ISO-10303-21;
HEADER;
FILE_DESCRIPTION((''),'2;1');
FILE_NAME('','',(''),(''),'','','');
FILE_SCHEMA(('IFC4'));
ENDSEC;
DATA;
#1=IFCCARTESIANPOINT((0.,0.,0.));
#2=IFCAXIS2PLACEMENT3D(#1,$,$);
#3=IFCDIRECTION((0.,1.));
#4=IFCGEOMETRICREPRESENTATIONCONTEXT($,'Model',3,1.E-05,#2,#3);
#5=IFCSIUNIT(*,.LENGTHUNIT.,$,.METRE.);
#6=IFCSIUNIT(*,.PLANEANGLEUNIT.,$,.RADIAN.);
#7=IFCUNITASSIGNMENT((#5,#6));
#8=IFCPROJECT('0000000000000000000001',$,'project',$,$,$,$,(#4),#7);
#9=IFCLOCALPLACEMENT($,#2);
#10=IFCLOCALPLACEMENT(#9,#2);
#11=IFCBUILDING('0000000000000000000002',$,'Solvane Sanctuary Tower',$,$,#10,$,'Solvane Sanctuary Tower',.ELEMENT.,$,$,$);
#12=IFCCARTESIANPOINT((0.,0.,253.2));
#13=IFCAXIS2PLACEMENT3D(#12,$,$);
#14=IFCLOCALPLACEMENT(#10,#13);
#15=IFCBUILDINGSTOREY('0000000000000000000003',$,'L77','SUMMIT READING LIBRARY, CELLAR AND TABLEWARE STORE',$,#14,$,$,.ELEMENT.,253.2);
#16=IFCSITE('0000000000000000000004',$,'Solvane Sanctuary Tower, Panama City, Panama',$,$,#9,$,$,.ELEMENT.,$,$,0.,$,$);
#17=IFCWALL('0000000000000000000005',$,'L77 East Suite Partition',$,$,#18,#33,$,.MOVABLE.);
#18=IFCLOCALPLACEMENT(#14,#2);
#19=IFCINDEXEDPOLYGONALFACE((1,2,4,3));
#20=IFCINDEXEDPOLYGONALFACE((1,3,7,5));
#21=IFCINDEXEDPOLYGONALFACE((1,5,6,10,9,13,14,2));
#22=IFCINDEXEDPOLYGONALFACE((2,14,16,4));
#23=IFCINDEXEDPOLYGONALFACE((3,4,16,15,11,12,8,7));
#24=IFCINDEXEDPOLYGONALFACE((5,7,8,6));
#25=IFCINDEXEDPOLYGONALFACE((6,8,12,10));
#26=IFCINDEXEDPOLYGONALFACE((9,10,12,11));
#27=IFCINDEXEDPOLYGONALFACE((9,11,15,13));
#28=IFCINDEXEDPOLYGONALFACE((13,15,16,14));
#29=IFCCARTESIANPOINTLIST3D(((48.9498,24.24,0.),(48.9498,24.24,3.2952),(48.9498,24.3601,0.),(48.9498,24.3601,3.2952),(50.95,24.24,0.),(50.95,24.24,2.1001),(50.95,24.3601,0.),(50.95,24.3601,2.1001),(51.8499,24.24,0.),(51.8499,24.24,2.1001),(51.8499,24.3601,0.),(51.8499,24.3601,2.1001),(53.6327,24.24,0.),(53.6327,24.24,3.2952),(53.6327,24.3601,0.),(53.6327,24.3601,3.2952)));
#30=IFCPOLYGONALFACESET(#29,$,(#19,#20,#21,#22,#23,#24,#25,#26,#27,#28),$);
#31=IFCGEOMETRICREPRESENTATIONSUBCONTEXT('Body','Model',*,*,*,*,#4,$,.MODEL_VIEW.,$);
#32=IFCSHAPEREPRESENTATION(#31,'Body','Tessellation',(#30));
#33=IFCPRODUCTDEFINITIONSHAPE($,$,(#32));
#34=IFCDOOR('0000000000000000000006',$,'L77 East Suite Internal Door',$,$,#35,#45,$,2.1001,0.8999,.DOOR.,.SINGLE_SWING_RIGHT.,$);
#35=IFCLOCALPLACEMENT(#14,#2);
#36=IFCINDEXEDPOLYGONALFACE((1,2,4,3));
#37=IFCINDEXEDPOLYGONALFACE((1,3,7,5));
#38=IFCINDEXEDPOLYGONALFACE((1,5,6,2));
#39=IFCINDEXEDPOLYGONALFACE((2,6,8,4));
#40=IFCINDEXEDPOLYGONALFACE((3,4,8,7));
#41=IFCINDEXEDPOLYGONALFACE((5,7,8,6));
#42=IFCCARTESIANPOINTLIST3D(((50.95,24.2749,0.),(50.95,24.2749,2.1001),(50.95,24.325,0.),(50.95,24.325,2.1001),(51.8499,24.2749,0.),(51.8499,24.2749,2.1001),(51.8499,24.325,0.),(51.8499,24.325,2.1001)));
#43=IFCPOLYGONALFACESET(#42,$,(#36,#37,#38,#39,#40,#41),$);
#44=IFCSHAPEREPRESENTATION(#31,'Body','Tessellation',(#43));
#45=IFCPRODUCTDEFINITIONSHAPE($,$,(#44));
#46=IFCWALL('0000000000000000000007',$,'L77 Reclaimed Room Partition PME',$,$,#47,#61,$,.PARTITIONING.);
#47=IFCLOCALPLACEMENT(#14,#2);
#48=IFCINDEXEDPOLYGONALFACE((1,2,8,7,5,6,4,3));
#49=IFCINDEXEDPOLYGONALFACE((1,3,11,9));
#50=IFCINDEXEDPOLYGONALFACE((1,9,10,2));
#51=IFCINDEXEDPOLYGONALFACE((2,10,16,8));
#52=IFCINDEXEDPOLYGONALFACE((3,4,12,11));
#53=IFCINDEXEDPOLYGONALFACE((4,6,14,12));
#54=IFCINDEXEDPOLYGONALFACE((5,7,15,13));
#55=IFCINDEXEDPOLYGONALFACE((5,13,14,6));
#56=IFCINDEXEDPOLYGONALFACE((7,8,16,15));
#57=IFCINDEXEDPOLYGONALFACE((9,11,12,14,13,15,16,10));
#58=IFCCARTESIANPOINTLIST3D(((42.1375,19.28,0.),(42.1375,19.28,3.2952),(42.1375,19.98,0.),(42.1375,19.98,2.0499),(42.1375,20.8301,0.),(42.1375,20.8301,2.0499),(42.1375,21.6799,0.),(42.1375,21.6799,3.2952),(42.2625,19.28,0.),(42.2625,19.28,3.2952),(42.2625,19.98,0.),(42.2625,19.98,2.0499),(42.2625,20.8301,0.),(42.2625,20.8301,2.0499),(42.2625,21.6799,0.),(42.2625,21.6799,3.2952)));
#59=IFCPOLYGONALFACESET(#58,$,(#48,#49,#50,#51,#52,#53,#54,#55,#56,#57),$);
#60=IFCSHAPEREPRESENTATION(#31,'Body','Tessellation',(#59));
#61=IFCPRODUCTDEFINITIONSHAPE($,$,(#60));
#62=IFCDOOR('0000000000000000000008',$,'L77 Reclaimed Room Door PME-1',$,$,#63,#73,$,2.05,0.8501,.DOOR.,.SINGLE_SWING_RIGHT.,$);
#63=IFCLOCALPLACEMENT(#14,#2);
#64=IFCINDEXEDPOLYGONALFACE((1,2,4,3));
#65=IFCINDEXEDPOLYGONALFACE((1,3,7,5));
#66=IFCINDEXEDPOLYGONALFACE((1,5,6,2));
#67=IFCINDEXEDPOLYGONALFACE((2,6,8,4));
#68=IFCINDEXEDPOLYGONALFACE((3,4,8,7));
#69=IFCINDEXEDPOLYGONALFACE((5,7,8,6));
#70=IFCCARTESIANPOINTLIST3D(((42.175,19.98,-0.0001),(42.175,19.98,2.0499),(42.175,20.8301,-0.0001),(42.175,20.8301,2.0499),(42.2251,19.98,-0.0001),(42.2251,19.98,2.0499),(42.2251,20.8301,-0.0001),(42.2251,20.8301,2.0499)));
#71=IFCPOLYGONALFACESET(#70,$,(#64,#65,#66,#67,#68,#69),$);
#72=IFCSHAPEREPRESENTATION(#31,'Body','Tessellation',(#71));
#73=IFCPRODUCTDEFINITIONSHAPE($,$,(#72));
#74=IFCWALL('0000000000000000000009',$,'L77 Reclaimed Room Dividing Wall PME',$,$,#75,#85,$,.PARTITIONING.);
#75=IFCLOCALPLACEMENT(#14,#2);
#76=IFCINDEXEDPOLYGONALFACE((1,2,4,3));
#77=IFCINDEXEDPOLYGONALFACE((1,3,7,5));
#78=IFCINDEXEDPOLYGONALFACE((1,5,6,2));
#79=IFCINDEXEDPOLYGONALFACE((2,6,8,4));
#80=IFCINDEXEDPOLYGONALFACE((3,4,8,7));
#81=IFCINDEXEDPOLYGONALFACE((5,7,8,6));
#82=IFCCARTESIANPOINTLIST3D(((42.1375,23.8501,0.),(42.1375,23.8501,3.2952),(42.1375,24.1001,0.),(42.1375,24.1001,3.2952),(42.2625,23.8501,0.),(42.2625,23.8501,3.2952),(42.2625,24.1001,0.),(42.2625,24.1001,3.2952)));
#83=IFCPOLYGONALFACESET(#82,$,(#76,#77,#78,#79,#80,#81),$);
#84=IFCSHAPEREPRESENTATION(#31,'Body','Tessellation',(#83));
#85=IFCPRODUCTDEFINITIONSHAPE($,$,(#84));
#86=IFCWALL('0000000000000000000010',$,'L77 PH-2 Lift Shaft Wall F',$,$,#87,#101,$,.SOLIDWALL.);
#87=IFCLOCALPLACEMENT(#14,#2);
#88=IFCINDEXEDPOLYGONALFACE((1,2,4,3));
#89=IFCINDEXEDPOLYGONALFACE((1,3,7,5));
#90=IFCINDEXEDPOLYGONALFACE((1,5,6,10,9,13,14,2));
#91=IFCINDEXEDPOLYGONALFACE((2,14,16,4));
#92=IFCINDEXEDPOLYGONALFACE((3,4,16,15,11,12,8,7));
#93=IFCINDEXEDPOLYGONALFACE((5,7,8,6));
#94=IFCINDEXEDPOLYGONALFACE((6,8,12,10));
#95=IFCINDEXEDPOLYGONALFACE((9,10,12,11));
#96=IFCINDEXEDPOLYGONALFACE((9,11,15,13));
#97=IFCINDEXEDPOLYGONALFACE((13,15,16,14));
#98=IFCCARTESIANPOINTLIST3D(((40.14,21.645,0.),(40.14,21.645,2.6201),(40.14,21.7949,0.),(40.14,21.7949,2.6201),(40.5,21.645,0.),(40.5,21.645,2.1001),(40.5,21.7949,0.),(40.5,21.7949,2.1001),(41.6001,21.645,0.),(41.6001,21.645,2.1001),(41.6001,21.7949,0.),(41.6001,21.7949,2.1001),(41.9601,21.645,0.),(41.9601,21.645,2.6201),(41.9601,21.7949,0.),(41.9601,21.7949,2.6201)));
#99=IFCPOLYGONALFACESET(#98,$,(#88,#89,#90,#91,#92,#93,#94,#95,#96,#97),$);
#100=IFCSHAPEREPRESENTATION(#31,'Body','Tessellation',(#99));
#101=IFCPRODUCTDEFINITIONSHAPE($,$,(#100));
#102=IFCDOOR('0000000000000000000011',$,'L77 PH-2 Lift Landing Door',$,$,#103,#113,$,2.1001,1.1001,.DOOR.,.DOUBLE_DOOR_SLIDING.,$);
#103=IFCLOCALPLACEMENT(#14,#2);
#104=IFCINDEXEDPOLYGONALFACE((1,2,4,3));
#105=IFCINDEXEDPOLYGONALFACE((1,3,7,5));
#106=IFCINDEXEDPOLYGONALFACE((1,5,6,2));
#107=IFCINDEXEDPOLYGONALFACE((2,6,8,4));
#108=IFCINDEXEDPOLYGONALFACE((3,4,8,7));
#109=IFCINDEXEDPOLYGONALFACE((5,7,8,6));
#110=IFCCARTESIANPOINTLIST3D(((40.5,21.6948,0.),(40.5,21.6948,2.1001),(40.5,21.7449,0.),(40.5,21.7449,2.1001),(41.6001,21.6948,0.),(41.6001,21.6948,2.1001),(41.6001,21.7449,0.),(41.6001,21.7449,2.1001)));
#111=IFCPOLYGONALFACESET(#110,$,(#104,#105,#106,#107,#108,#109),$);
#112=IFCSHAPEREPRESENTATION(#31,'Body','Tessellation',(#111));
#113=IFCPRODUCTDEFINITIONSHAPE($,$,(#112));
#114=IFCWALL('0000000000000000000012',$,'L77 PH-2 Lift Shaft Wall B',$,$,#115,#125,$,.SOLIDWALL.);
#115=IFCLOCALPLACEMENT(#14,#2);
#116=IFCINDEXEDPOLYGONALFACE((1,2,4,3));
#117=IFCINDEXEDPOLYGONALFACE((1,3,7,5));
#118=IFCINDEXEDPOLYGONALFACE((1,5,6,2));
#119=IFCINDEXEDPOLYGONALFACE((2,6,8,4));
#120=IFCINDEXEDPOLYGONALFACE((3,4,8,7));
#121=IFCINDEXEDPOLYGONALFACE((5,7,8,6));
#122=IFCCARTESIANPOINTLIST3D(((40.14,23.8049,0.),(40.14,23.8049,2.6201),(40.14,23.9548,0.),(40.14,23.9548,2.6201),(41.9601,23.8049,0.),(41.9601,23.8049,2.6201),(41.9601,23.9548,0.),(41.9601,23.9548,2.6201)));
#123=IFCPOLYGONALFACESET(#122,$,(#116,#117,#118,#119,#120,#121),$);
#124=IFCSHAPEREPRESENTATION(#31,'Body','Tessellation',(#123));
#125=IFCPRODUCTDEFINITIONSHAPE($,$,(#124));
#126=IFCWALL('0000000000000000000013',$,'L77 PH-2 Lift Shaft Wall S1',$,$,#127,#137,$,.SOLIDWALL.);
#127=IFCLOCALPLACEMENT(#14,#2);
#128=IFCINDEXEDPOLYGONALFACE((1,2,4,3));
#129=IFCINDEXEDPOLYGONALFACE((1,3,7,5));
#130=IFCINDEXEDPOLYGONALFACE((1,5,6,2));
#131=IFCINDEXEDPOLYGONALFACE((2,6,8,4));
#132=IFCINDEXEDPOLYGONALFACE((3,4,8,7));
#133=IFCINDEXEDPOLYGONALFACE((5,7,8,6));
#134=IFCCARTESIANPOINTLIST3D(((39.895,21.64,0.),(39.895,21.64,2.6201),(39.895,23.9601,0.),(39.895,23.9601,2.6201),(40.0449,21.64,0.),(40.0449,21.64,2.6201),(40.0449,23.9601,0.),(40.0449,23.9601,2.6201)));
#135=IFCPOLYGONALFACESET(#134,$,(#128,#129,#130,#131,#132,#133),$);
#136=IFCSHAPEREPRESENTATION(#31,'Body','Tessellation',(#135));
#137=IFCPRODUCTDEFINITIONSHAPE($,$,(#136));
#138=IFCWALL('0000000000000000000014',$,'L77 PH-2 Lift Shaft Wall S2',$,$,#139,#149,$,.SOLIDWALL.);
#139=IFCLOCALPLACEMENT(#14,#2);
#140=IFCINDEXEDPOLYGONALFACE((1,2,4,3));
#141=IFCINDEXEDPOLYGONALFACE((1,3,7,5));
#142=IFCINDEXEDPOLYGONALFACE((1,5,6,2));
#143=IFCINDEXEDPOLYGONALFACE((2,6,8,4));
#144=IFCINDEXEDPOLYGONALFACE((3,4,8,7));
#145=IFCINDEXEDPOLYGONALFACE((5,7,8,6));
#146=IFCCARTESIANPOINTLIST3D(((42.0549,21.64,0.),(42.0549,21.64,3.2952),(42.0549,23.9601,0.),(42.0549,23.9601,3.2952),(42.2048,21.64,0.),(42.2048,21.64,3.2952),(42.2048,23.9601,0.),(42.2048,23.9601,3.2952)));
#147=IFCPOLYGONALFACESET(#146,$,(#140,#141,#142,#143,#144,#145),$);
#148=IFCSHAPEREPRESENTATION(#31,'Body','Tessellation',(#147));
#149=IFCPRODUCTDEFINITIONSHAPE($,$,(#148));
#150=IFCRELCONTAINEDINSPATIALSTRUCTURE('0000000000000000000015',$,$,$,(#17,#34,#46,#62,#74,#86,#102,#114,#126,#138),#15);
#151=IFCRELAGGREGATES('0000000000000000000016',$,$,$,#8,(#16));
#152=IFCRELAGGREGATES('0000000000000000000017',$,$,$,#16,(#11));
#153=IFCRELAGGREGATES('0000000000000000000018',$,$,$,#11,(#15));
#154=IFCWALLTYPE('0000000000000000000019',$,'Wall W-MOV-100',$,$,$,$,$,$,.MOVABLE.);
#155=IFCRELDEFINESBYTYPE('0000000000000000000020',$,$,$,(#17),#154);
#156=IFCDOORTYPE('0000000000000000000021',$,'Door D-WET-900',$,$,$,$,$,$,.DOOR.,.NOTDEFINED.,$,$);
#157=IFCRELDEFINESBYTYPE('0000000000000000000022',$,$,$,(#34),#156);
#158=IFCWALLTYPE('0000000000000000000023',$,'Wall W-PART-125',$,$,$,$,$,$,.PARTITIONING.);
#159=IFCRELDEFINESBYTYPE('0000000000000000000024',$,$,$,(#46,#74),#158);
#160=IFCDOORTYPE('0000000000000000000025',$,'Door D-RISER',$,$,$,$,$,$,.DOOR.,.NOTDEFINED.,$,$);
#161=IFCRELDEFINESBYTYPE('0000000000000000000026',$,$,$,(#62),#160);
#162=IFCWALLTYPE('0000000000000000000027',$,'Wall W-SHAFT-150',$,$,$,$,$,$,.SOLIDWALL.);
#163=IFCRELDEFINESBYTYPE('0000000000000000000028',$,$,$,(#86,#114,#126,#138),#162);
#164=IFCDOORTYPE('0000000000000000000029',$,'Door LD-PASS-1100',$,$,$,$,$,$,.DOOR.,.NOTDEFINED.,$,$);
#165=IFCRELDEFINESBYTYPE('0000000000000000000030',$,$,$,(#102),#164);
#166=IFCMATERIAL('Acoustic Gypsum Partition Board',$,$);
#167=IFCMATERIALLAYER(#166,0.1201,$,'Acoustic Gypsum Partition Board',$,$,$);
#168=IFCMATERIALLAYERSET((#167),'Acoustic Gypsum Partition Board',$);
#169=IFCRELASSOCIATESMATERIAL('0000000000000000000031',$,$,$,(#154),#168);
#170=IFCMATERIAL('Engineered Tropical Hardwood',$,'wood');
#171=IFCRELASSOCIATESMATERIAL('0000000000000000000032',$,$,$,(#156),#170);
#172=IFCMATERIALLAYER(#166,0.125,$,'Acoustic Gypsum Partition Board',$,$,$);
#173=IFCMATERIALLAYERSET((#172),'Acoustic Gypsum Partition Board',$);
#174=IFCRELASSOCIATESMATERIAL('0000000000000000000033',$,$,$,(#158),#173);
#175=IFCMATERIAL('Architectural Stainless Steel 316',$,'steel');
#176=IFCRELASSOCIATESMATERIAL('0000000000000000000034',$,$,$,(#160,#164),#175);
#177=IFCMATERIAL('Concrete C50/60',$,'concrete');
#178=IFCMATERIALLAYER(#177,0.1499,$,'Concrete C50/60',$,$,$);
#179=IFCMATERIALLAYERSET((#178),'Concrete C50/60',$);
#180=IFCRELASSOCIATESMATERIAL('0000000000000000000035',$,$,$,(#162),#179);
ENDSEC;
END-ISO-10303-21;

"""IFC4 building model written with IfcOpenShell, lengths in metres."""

from ifc_helpers import new_model, si_unit, direction, frame, frame_2d, origin, place, context, subcontext, project, spatial, rectangle, extrude, material, layer, layer_set, type_object, element, fill, save


model = new_model("IFC4")

# Units and contexts
model_context = context("Model", 3, precision=1e-05, world=origin(), true_north=direction((0.0, 1.0)))
body_context = subcontext(model_context, "Body", "Model", "MODEL_VIEW")
ifc_project = project(units=[si_unit("LENGTHUNIT", "METRE"), si_unit("PLANEANGLEUNIT", "RADIAN")], contexts=[model_context])

# Site, building, storey
site_placement = place(None, origin())
site = spatial("IfcSite", under=ifc_project, at=site_placement, Name="Solvane Sanctuary Tower, Panama City, Panama", CompositionType="ELEMENT", RefElevation=0.0)
building_placement = place(site_placement, origin())
building = spatial("IfcBuilding", under=site, at=building_placement, Name="Solvane Sanctuary Tower", LongName="Solvane Sanctuary Tower", CompositionType="ELEMENT")
storey_placement = place(building_placement, frame((0.0, 0.0, 253.2)))
storey = spatial("IfcBuildingStorey", under=building, at=storey_placement, Name="L77", Description="SUMMIT READING LIBRARY, CELLAR AND TABLEWARE STORE", CompositionType="ELEMENT", Elevation=253.2)

# Shared definitions
ifc_material_1 = material(Name="Acoustic Gypsum Partition Board")

# Shared definitions
ifc_material_2 = material(Name="Architectural Stainless Steel 316", Category="steel")

# Walls, openings, doors
ifc_layer_1 = layer(ifc_material_1, 0.1201, Name="Acoustic Gypsum Partition Board")
ifc_layer_set_1 = layer_set([ifc_layer_1], Name="Acoustic Gypsum Partition Board")
wall_type_1 = type_object("IfcWallType", Name="Wall W-MOV-100", PredefinedType="MOVABLE", material=ifc_layer_set_1)
wall_1_placement = place(storey_placement, frame((48.95, 24.3, 0.0), z_axis=(0.0, 0.0, 1.0), x_axis=(1.0, 0.0, 0.0)))
wall_1 = element("IfcWall", 1, at=wall_1_placement, inside=storey, type_object=wall_type_1, Name="L77 East Suite Partition", PredefinedType="MOVABLE", context=body_context, shape_type="SweptSolid", body=[
    extrude(rectangle(XDim=4.6829, YDim=0.1201, at=frame_2d((2.3413, 0.0))), origin(), (0.0, 0.0, 1.0), 3.2952),
])
opening_1_placement = place(wall_1_placement, frame((2.0, 0.0, 0.0)))
opening_1 = element("IfcOpeningElement", 2, at=opening_1_placement, cuts=wall_1, PredefinedType="OPENING", context=body_context, shape_type="SweptSolid", body=[
    extrude(rectangle(XDim=0.8999, YDim=2.1001, at=frame_2d((0.45, 1.05))), frame((0.0, 0.0701, 0.0), z_axis=(0.0, -1.0, 0.0), x_axis=(1.0, 0.0, 0.0)), (0.0, 0.0, 1.0), 0.1401),
])
ifc_material_3 = material(Name="Engineered Tropical Hardwood", Category="wood")
door_type_1 = type_object("IfcDoorType", Name="Door D-WET-900", OperationType="NOTDEFINED", PredefinedType="DOOR", material=ifc_material_3)
door_1_placement = place(opening_1_placement, origin())
door_1 = element("IfcDoor", 3, at=door_1_placement, inside=storey, type_object=door_type_1, Name="L77 East Suite Internal Door", OperationType="SINGLE_SWING_RIGHT", OverallHeight=2.1001, OverallWidth=0.8999, PredefinedType="DOOR", context=body_context, shape_type="SweptSolid", body=[
    extrude(rectangle(XDim=0.8999, YDim=2.1001, at=frame_2d((0.45, 1.05))), frame((0.0, 0.0249, 0.0), z_axis=(0.0, -1.0, 0.0), x_axis=(1.0, 0.0, 0.0)), (0.0, 0.0, 1.0), 0.05),
])
fill(opening_1, door_1)
ifc_layer_2 = layer(ifc_material_1, 0.125, Name="Acoustic Gypsum Partition Board")
ifc_layer_set_2 = layer_set([ifc_layer_2], Name="Acoustic Gypsum Partition Board")
wall_type_2 = type_object("IfcWallType", Name="Wall W-PART-125", PredefinedType="PARTITIONING", material=ifc_layer_set_2)
wall_2_placement = place(storey_placement, frame((42.2, 19.28, 0.0), z_axis=(0.0, 0.0, 1.0), x_axis=(0.0, 1.0, 0.0)))
wall_2 = element("IfcWall", 4, at=wall_2_placement, inside=storey, type_object=wall_type_2, Name="L77 Reclaimed Room Partition PME", PredefinedType="PARTITIONING", context=body_context, shape_type="SweptSolid", body=[
    extrude(rectangle(XDim=2.3999, YDim=0.125, at=frame_2d((1.2, 0.0))), origin(), (0.0, 0.0, 1.0), 3.2952),
])
opening_2_placement = place(wall_2_placement, frame((0.7, 0.0, 0.0)))
opening_2 = element("IfcOpeningElement", 5, at=opening_2_placement, cuts=wall_2, PredefinedType="OPENING", context=body_context, shape_type="SweptSolid", body=[
    extrude(rectangle(XDim=0.8501, YDim=2.05, at=frame_2d((0.425, 1.0249))), frame((0.0, 0.0725, 0.0), z_axis=(0.0, -1.0, 0.0), x_axis=(1.0, 0.0, 0.0)), (0.0, 0.0, 1.0), 0.145),
])
door_type_2 = type_object("IfcDoorType", Name="Door D-RISER", OperationType="NOTDEFINED", PredefinedType="DOOR", material=ifc_material_2)
door_2_placement = place(opening_2_placement, origin())
door_2 = element("IfcDoor", 6, at=door_2_placement, inside=storey, type_object=door_type_2, Name="L77 Reclaimed Room Door PME-1", OperationType="SINGLE_SWING_RIGHT", OverallHeight=2.05, OverallWidth=0.8501, PredefinedType="DOOR", context=body_context, shape_type="SweptSolid", body=[
    extrude(rectangle(XDim=0.8501, YDim=2.05, at=frame_2d((0.425, 1.0249))), frame((0.0, 0.0249, 0.0), z_axis=(0.0, -1.0, 0.0), x_axis=(1.0, 0.0, 0.0)), (0.0, 0.0, 1.0), 0.05),
])
fill(opening_2, door_2)

# Wall
wall_3_placement = place(storey_placement, frame((42.2, 23.8501, 0.0), z_axis=(0.0, 0.0, 1.0), x_axis=(0.0, 1.0, 0.0)))
element("IfcWall", 7, at=wall_3_placement, inside=storey, type_object=wall_type_2, Name="L77 Reclaimed Room Dividing Wall PME", PredefinedType="PARTITIONING", context=body_context, shape_type="SweptSolid", body=[
    extrude(rectangle(XDim=0.25, YDim=0.125, at=frame_2d((0.125, 0.0))), origin(), (0.0, 0.0, 1.0), 3.2952),
])

# Wall, opening, door
ifc_material_4 = material(Name="Concrete C50/60", Category="concrete")
ifc_layer_3 = layer(ifc_material_4, 0.1499, Name="Concrete C50/60")
ifc_layer_set_3 = layer_set([ifc_layer_3], Name="Concrete C50/60")
wall_type_3 = type_object("IfcWallType", Name="Wall W-SHAFT-150", PredefinedType="SOLIDWALL", material=ifc_layer_set_3)
wall_4_placement = place(storey_placement, frame((40.1399, 21.72, 0.0), z_axis=(0.0, 0.0, 1.0), x_axis=(1.0, 0.0, 0.0)))
wall_4 = element("IfcWall", 8, at=wall_4_placement, inside=storey, type_object=wall_type_3, Name="L77 PH-2 Lift Shaft Wall F", PredefinedType="SOLIDWALL", context=body_context, shape_type="SweptSolid", body=[
    extrude(rectangle(XDim=1.8201, YDim=0.1499, at=frame_2d((0.9102, 0.0))), origin(), (0.0, 0.0, 1.0), 2.6201),
])
opening_3_placement = place(wall_4_placement, frame((0.3601, 0.0, 0.0)))
opening_3 = element("IfcOpeningElement", 9, at=opening_3_placement, cuts=wall_4, PredefinedType="OPENING", context=body_context, shape_type="SweptSolid", body=[
    extrude(rectangle(XDim=1.1001, YDim=2.1001, at=frame_2d((0.55, 1.05))), frame((0.0, 0.085, 0.0), z_axis=(0.0, -1.0, 0.0), x_axis=(1.0, 0.0, 0.0)), (0.0, 0.0, 1.0), 0.1699),
])
door_type_3 = type_object("IfcDoorType", Name="Door LD-PASS-1100", OperationType="NOTDEFINED", PredefinedType="DOOR", material=ifc_material_2)
door_3_placement = place(opening_3_placement, origin())
door_3 = element("IfcDoor", 10, at=door_3_placement, inside=storey, type_object=door_type_3, Name="L77 PH-2 Lift Landing Door", OperationType="DOUBLE_DOOR_SLIDING", OverallHeight=2.1001, OverallWidth=1.1001, PredefinedType="DOOR", context=body_context, shape_type="SweptSolid", body=[
    extrude(rectangle(XDim=1.1001, YDim=2.1001, at=frame_2d((0.55, 1.05))), frame((0.0, 0.0249, 0.0), z_axis=(0.0, -1.0, 0.0), x_axis=(1.0, 0.0, 0.0)), (0.0, 0.0, 1.0), 0.05),
])
fill(opening_3, door_3)

# Walls
wall_5_placement = place(storey_placement, frame((40.1399, 23.8799, 0.0), z_axis=(0.0, 0.0, 1.0), x_axis=(1.0, 0.0, 0.0)))
element("IfcWall", 11, at=wall_5_placement, inside=storey, type_object=wall_type_3, Name="L77 PH-2 Lift Shaft Wall B", PredefinedType="SOLIDWALL", context=body_context, shape_type="SweptSolid", body=[
    extrude(rectangle(XDim=1.8201, YDim=0.1499, at=frame_2d((0.9102, 0.0))), origin(), (0.0, 0.0, 1.0), 2.6201),
])
wall_6_placement = place(storey_placement, frame((39.97, 21.6399, 0.0), z_axis=(0.0, 0.0, 1.0), x_axis=(0.0, 1.0, 0.0)))
element("IfcWall", 12, at=wall_6_placement, inside=storey, type_object=wall_type_3, Name="L77 PH-2 Lift Shaft Wall S1", PredefinedType="SOLIDWALL", context=body_context, shape_type="SweptSolid", body=[
    extrude(rectangle(XDim=2.3201, YDim=0.1499, at=frame_2d((1.1602, 0.0))), origin(), (0.0, 0.0, 1.0), 2.6201),
])
wall_7_placement = place(storey_placement, frame((42.1299, 21.6399, 0.0), z_axis=(0.0, 0.0, 1.0), x_axis=(0.0, 1.0, 0.0)))
element("IfcWall", 13, at=wall_7_placement, inside=storey, type_object=wall_type_3, Name="L77 PH-2 Lift Shaft Wall S2", PredefinedType="SOLIDWALL", context=body_context, shape_type="SweptSolid", body=[
    extrude(rectangle(XDim=2.3201, YDim=0.1499, at=frame_2d((1.1602, 0.0))), origin(), (0.0, 0.0, 1.0), 3.2952),
])

save(model, "model.ifc")
